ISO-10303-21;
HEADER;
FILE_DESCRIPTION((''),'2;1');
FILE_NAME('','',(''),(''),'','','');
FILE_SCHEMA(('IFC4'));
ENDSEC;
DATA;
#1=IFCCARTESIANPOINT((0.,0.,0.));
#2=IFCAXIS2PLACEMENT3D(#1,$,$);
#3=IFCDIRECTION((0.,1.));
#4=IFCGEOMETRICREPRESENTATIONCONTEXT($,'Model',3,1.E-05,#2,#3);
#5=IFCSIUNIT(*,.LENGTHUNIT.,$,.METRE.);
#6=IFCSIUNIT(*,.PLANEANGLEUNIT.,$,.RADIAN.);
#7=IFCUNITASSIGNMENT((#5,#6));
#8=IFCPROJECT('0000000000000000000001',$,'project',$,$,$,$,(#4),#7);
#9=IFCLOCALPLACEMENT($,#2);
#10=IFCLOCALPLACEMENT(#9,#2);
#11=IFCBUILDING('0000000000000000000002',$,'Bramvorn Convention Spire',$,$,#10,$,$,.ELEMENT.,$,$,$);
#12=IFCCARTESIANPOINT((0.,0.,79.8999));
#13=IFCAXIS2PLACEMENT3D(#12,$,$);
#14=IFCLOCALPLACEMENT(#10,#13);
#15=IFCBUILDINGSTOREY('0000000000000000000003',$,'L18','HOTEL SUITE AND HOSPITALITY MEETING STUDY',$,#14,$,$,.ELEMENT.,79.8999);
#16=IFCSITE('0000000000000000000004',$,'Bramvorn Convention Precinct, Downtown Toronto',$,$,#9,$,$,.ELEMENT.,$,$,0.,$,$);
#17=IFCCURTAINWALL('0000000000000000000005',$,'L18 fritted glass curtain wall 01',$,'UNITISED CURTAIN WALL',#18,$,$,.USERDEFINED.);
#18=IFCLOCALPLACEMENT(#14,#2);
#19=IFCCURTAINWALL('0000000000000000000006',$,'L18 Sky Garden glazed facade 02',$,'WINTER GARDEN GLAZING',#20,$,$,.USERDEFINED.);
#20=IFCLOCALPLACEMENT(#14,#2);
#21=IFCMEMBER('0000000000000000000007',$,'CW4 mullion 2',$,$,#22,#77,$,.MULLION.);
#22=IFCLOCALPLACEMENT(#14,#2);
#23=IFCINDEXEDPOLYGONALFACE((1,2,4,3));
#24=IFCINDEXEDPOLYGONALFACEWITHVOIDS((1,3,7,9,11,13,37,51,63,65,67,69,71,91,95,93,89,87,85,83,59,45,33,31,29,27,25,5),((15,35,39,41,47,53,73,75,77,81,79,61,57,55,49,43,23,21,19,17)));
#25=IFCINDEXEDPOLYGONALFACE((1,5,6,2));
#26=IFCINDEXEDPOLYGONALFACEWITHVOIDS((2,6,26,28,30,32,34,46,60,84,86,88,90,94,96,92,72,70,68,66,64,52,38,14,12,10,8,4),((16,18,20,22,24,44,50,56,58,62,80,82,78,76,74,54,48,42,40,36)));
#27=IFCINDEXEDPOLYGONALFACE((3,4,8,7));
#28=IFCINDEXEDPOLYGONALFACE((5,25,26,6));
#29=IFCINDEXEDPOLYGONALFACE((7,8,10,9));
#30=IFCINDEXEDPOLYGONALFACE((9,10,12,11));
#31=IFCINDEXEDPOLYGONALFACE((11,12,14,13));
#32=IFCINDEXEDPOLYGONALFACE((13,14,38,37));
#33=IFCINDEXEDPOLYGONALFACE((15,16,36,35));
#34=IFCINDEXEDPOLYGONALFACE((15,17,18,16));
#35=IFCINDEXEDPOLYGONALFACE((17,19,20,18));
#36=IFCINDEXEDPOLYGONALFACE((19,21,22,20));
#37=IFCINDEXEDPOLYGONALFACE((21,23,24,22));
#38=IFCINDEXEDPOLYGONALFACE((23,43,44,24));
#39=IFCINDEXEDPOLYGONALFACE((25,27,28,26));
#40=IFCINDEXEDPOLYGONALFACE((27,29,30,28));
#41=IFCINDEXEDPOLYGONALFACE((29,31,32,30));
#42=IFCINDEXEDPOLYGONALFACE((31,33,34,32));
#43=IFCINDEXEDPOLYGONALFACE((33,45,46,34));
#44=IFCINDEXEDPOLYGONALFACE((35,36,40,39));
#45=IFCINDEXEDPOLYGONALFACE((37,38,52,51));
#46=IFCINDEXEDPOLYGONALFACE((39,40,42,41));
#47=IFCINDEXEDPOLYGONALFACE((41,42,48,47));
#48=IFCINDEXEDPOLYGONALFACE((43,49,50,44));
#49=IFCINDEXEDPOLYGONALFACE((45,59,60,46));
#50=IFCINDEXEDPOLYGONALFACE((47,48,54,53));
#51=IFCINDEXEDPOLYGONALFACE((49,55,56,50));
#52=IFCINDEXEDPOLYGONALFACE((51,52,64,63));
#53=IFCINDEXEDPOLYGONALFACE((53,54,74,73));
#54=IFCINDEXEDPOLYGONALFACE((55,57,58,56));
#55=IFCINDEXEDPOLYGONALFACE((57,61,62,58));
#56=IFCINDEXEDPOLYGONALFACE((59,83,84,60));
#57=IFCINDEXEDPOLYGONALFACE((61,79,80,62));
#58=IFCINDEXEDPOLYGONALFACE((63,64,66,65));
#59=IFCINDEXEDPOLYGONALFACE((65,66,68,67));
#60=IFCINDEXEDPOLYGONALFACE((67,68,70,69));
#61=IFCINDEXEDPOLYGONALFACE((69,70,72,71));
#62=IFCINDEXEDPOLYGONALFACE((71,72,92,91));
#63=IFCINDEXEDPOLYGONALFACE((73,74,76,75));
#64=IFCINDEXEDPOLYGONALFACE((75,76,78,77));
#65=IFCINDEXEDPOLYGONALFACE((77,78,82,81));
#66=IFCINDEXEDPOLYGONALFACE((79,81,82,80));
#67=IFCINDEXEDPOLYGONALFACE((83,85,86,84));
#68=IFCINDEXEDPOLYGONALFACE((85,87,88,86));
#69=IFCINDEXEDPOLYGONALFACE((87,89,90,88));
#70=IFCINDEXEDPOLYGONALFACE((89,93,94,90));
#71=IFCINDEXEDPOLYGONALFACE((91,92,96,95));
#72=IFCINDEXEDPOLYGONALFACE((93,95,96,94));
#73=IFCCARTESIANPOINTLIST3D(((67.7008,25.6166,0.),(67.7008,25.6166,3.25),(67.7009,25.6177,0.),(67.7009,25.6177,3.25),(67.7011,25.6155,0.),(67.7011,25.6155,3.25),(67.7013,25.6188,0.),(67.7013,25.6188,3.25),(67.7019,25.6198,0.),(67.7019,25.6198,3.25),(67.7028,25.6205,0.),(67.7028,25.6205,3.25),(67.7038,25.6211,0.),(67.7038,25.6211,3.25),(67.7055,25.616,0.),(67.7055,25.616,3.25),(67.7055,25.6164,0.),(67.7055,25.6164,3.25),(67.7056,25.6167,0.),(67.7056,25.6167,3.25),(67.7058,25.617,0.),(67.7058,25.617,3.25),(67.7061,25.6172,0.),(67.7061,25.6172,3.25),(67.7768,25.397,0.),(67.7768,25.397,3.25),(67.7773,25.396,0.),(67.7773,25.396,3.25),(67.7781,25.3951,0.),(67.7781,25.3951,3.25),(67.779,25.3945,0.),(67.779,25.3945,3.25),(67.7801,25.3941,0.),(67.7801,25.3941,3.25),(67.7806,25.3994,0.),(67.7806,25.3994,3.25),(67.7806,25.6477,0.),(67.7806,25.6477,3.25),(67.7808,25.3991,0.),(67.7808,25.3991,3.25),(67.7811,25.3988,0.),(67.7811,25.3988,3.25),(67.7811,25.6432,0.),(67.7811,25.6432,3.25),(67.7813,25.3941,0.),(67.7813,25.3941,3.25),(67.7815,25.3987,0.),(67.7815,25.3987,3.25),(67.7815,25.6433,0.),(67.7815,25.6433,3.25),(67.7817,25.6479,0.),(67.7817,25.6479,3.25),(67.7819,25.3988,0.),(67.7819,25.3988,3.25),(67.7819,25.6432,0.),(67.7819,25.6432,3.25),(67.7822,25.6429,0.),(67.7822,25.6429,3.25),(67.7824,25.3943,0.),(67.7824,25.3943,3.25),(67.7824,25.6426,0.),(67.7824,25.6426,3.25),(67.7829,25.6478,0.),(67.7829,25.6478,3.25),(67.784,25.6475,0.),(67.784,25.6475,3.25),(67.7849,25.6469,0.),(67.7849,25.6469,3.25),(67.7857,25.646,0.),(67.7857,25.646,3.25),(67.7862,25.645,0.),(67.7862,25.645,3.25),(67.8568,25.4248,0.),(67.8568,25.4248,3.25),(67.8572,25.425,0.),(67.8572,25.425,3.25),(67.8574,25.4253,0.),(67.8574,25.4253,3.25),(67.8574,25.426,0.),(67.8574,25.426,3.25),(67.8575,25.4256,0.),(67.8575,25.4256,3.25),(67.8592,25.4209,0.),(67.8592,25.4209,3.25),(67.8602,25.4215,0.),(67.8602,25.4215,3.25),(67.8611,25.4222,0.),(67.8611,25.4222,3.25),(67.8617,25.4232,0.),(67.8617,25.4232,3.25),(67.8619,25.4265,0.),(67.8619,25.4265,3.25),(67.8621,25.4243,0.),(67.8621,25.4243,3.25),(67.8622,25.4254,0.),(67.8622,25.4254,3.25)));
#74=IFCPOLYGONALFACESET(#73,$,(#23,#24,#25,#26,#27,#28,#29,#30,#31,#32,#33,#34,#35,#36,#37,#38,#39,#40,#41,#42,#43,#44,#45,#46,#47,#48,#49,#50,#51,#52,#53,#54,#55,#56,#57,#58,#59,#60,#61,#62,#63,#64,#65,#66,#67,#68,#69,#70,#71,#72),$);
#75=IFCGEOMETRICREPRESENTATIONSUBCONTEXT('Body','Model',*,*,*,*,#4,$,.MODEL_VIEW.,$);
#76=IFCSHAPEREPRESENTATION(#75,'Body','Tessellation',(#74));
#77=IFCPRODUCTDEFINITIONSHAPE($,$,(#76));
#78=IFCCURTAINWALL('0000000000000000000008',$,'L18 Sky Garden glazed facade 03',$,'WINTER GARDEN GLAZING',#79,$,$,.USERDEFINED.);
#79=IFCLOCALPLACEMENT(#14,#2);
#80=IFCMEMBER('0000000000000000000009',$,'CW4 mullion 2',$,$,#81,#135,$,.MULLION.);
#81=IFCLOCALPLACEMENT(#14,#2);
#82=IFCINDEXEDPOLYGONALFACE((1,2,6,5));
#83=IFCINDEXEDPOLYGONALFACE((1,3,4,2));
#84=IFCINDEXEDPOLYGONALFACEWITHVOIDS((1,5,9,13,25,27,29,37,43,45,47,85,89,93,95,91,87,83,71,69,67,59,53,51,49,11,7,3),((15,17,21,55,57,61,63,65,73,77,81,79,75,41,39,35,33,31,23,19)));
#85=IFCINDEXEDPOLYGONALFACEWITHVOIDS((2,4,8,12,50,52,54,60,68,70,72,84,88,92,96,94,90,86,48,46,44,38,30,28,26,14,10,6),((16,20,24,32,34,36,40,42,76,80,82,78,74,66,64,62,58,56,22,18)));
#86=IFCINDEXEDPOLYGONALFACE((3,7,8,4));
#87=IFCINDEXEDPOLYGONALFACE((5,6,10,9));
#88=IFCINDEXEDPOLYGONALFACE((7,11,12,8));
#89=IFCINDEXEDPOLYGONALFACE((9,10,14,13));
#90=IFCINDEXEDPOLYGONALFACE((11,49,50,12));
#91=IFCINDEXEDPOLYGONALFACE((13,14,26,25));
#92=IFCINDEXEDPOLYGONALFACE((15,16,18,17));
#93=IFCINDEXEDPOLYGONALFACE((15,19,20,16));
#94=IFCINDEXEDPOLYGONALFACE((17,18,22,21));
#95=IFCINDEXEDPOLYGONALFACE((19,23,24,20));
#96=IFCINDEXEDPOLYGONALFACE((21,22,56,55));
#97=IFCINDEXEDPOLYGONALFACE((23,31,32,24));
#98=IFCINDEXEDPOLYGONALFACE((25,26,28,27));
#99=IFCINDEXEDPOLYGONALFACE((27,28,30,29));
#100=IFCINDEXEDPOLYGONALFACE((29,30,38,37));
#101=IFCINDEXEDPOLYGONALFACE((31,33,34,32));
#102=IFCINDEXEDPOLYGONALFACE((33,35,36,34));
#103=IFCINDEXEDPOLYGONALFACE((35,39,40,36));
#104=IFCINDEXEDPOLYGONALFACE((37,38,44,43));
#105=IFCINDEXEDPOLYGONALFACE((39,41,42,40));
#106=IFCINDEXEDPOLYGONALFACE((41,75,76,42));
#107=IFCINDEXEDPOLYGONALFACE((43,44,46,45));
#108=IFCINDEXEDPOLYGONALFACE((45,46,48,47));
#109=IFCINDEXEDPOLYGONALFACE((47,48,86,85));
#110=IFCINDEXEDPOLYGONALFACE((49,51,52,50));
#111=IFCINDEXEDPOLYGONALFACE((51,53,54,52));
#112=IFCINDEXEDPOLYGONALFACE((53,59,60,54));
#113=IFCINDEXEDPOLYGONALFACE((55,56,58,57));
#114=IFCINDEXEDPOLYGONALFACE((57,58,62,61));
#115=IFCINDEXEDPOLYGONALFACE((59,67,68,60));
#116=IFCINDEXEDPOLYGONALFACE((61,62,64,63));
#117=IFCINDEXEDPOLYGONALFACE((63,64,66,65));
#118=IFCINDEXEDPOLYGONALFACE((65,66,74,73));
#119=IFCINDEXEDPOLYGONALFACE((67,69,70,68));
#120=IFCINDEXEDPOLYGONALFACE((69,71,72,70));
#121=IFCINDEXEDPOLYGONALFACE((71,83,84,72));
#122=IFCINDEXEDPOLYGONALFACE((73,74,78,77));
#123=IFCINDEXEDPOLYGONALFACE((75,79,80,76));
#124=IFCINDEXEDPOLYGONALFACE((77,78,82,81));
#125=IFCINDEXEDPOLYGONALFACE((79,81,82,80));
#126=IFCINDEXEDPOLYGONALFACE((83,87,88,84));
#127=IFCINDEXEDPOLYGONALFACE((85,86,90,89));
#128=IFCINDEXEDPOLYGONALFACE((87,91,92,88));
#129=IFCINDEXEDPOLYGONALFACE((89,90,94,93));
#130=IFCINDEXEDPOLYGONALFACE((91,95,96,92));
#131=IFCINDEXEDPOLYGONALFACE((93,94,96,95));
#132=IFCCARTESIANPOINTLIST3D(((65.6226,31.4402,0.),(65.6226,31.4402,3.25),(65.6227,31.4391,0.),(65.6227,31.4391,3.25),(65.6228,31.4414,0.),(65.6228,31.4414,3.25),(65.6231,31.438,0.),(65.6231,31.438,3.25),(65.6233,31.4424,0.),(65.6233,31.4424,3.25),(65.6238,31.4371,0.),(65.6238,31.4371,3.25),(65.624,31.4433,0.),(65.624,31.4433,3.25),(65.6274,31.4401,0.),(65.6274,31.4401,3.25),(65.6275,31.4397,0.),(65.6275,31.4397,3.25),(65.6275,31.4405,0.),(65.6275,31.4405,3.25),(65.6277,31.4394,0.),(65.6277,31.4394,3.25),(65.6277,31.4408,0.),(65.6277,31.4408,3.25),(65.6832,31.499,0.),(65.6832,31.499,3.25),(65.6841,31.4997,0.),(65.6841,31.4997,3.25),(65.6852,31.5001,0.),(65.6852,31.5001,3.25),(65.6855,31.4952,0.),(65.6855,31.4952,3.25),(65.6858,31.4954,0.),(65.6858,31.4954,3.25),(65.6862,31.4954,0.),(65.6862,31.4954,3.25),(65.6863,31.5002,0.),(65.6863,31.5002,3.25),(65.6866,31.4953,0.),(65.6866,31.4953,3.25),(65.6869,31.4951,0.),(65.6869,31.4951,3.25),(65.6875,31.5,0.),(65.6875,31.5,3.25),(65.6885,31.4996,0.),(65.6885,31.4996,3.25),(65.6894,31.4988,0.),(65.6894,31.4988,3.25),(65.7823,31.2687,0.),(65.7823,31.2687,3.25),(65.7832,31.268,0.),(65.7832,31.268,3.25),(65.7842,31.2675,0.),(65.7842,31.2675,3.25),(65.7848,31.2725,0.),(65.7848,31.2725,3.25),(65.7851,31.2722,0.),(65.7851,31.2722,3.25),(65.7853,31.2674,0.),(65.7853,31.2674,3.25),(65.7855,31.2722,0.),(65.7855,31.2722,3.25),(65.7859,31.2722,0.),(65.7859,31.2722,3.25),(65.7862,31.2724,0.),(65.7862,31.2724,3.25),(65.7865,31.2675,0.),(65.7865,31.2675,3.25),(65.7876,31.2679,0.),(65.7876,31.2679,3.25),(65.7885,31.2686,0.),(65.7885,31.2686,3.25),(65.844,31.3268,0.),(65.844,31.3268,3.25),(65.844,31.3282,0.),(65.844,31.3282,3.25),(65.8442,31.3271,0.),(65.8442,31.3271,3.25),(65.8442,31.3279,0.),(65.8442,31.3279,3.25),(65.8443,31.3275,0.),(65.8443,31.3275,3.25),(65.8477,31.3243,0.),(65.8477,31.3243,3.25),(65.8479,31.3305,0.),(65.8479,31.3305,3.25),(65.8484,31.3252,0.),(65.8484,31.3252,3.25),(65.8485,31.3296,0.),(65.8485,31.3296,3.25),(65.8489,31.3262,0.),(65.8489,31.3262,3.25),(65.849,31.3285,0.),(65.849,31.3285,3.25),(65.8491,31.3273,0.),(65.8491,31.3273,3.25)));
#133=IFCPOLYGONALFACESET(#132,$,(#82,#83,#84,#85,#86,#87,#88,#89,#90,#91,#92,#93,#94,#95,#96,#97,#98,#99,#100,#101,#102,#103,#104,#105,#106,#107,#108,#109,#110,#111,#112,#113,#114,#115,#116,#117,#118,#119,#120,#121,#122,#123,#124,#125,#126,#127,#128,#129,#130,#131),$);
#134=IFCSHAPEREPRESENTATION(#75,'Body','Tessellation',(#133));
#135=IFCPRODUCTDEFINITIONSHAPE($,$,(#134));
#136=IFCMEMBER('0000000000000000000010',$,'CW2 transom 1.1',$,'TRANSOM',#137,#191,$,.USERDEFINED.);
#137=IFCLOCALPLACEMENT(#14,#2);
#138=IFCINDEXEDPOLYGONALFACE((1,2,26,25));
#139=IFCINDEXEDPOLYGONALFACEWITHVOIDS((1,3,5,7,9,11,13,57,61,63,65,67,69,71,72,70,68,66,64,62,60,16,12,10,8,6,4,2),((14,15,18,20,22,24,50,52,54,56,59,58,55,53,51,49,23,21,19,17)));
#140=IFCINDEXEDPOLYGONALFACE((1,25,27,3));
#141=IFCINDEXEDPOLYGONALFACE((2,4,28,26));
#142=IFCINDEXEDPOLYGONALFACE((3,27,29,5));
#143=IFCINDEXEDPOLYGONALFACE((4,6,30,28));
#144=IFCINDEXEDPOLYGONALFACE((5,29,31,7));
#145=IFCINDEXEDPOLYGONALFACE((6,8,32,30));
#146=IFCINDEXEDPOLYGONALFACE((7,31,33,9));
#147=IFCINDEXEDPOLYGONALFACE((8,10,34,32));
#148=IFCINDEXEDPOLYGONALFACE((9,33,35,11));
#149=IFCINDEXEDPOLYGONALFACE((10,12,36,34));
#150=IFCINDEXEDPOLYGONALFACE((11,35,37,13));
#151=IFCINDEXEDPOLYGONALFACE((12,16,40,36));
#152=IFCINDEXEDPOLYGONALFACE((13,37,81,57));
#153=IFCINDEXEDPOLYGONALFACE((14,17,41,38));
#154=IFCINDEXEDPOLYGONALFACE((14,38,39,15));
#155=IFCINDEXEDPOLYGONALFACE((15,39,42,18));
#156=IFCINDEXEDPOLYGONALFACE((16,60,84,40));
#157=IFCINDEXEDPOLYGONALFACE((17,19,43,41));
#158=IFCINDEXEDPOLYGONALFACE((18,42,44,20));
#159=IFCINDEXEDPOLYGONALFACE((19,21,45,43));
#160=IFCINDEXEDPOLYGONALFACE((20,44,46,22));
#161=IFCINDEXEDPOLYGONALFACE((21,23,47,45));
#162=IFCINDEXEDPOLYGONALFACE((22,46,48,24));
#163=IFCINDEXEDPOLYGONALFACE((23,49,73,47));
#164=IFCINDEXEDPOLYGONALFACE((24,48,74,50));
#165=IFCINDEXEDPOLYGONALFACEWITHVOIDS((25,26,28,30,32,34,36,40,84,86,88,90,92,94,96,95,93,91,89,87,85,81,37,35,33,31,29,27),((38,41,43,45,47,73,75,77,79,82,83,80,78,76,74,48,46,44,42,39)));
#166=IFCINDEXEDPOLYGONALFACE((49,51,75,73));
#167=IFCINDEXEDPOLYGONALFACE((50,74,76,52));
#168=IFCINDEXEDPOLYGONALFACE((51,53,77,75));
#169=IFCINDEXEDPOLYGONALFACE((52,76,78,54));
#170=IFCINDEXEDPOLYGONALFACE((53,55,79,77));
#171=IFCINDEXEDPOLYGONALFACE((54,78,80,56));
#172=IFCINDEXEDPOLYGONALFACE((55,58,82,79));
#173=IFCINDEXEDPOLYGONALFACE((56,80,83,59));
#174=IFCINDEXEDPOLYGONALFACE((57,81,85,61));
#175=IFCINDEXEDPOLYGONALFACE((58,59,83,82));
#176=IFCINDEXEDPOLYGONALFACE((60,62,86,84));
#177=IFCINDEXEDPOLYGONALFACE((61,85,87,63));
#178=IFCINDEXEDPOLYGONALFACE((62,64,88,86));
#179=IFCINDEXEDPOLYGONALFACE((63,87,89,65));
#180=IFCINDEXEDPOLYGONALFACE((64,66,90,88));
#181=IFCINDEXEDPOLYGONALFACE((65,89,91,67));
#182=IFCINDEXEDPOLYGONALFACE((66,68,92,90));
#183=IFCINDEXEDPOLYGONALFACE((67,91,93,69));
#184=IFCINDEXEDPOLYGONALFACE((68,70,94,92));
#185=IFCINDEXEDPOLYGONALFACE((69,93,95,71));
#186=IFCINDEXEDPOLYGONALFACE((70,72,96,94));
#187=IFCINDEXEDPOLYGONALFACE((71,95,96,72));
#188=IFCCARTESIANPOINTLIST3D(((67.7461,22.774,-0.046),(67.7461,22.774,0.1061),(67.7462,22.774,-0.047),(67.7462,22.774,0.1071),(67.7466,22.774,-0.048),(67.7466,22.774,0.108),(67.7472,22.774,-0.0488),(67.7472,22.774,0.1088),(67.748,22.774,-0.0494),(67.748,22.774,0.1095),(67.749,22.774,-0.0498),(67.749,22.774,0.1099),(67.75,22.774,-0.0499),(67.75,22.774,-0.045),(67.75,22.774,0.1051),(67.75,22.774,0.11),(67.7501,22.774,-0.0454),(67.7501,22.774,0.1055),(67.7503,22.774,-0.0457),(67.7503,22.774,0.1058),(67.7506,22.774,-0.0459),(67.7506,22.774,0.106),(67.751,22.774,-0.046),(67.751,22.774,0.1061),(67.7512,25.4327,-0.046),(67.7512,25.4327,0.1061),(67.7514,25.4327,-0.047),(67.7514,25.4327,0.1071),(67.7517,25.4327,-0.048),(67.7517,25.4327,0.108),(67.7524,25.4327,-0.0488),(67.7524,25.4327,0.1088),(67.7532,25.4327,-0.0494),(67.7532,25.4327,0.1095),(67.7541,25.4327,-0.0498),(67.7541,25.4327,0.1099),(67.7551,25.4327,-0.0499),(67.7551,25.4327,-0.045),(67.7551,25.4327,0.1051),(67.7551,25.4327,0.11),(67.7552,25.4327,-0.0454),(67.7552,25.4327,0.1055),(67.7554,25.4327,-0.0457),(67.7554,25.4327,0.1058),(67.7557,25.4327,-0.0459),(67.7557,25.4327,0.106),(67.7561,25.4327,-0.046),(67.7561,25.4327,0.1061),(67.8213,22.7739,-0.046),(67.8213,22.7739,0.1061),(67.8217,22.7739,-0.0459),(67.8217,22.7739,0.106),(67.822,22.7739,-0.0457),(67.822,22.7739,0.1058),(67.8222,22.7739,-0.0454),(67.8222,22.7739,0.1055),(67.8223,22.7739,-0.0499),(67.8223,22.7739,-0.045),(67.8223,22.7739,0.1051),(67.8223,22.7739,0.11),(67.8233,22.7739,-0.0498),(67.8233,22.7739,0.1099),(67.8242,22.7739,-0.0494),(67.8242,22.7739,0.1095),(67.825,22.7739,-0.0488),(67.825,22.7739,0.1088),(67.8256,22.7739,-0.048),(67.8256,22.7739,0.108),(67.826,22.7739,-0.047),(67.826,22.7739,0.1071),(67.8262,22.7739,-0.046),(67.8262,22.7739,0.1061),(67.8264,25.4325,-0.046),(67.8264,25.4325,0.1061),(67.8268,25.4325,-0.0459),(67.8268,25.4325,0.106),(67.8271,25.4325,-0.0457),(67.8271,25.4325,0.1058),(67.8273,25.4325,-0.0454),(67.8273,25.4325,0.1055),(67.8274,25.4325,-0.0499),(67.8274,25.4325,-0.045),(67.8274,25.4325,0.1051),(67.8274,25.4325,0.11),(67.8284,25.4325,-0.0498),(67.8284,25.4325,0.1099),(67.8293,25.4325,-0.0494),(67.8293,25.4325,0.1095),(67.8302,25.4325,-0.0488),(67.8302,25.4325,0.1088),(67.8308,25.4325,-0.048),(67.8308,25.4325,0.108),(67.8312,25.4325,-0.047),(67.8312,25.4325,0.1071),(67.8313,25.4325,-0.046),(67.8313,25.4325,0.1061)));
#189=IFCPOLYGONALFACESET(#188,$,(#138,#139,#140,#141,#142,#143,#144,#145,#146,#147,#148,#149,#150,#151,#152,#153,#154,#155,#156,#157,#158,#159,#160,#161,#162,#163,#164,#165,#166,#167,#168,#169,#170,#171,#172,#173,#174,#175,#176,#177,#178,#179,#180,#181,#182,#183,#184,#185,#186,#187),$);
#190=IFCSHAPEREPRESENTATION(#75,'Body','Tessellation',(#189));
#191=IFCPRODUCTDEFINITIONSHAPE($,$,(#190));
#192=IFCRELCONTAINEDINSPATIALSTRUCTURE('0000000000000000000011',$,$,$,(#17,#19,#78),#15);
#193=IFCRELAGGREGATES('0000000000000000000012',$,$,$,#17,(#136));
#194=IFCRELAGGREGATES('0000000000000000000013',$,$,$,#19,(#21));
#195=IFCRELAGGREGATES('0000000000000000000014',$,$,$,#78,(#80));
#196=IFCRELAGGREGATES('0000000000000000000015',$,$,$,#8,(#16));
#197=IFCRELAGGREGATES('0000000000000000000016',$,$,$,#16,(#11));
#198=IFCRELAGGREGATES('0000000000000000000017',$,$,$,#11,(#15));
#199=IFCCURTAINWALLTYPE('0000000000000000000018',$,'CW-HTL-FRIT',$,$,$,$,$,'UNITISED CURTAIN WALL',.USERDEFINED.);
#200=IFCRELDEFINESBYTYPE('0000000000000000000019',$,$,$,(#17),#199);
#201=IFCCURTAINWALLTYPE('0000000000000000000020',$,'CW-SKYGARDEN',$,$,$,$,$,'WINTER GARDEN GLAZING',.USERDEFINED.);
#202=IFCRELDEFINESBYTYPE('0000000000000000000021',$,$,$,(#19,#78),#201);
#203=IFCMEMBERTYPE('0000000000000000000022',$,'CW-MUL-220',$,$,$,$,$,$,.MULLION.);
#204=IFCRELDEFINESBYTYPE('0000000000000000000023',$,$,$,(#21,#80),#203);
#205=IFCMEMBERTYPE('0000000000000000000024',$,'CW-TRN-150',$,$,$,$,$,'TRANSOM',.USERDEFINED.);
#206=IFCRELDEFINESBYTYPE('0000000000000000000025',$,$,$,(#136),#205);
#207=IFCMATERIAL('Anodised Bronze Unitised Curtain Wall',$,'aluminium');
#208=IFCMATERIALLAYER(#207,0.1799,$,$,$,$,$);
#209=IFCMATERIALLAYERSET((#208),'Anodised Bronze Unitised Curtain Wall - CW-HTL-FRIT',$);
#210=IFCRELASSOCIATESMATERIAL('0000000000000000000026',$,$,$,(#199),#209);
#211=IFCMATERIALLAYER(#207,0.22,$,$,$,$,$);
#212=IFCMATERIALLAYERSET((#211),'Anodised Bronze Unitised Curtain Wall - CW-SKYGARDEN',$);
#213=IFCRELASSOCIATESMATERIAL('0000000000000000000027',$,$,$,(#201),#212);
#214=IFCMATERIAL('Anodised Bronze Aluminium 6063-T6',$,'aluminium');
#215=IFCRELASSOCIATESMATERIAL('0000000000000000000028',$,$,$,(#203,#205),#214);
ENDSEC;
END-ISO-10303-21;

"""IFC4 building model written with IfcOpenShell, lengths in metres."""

from ifc_helpers import new_model, si_unit, direction, frame, origin, origin_2d, place, context, subcontext, project, spatial, hollow_rectangle, extrude, material, layer, layer_set, material_profile, profile_set, type_object, element, aggregate, save


model = new_model("IFC4")

# Units and contexts
model_context = context("Model", 3, precision=1e-05, world=origin(), true_north=direction((0.0, 1.0)))
body_context = subcontext(model_context, "Body", "Model", "MODEL_VIEW")
ifc_project = project(units=[si_unit("LENGTHUNIT", "METRE"), si_unit("PLANEANGLEUNIT", "RADIAN")], contexts=[model_context])

# Site, building, storey
site_placement = place(None, origin())
site = spatial("IfcSite", under=ifc_project, at=site_placement, Name="Bramvorn Convention Precinct, Downtown Toronto", CompositionType="ELEMENT", RefElevation=0.0)
building_placement = place(site_placement, origin())
building = spatial("IfcBuilding", under=site, at=building_placement, Name="Bramvorn Convention Spire", CompositionType="ELEMENT")
storey_placement = place(building_placement, frame((0.0, 0.0, 79.8999)))
storey = spatial("IfcBuildingStorey", under=building, at=storey_placement, Name="L18", Description="HOTEL SUITE AND HOSPITALITY MEETING STUDY", CompositionType="ELEMENT", Elevation=79.8999)

# Curtain wall
ifc_material_1 = material(Name="Anodised Bronze Unitised Curtain Wall", Category="aluminium")
ifc_layer_1 = layer(ifc_material_1, 0.1799)
ifc_layer_set_1 = layer_set([ifc_layer_1], Name="Anodised Bronze Unitised Curtain Wall - CW-HTL-FRIT")
curtain_wall_type_1 = type_object("IfcCurtainWallType", Name="CW-HTL-FRIT", ElementType="UNITISED CURTAIN WALL", PredefinedType="USERDEFINED", material=ifc_layer_set_1)
curtain_wall_1_placement = place(storey_placement, origin())
curtain_wall_1 = element("IfcCurtainWall", 1, at=curtain_wall_1_placement, inside=storey, type_object=curtain_wall_type_1, Name="L18 fritted glass curtain wall 01", ObjectType="UNITISED CURTAIN WALL", PredefinedType="USERDEFINED")
ifc_material_2 = material(Name="Anodised Bronze Aluminium 6063-T6", Category="aluminium")

# Curtain wall, member
ifc_layer_2 = layer(ifc_material_1, 0.22)
ifc_layer_set_2 = layer_set([ifc_layer_2], Name="Anodised Bronze Unitised Curtain Wall - CW-SKYGARDEN")
curtain_wall_type_2 = type_object("IfcCurtainWallType", Name="CW-SKYGARDEN", ElementType="WINTER GARDEN GLAZING", PredefinedType="USERDEFINED", material=ifc_layer_set_2)
curtain_wall_2_placement = place(storey_placement, origin())
curtain_wall_2 = element("IfcCurtainWall", 2, at=curtain_wall_2_placement, inside=storey, type_object=curtain_wall_type_2, Name="L18 Sky Garden glazed facade 02", ObjectType="WINTER GARDEN GLAZING", PredefinedType="USERDEFINED")
ifc_material_profile_1 = material_profile(ifc_material_2, hollow_rectangle(XDim=0.0901, YDim=0.24, WallThickness=0.0044, InnerFilletRadius=0.001, OuterFilletRadius=0.0044, at=origin_2d()))
ifc_profile_set_1 = profile_set([ifc_material_profile_1], Name="Anodised Bronze Aluminium 6063-T6 - CWM90X240")
member_type_1 = type_object("IfcMemberType", Name="CW-MUL-220", PredefinedType="MULLION", material=ifc_profile_set_1)
member_1_placement = place(storey_placement, frame((67.7815, 25.521, 0.0), z_axis=(0.0, 0.0, 1.0), x_axis=(0.944826, 0.327573, 0.0)))
member_1 = element("IfcMember", 3, at=member_1_placement, type_object=member_type_1, Name="CW4 mullion 2", PredefinedType="MULLION", context=body_context, shape_type="SweptSolid", body=[
    extrude(hollow_rectangle(XDim=0.0901, YDim=0.24, WallThickness=0.0044, InnerFilletRadius=0.001, OuterFilletRadius=0.0044, at=origin_2d()), origin(), (0.0, 0.0, 1.0), 3.25),
])

# Curtain wall, member
curtain_wall_3_placement = place(storey_placement, origin())
curtain_wall_3 = element("IfcCurtainWall", 4, at=curtain_wall_3_placement, inside=storey, type_object=curtain_wall_type_2, Name="L18 Sky Garden glazed facade 03", ObjectType="WINTER GARDEN GLAZING", PredefinedType="USERDEFINED")
member_2_placement = place(storey_placement, frame((65.7358, 31.3838, 0.0), z_axis=(0.0, 0.0, 1.0), x_axis=(0.728141, 0.685427, 0.0)))
member_2 = element("IfcMember", 5, at=member_2_placement, type_object=member_type_1, Name="CW4 mullion 2", PredefinedType="MULLION", context=body_context, shape_type="SweptSolid", body=[
    extrude(hollow_rectangle(XDim=0.0901, YDim=0.24, WallThickness=0.0044, InnerFilletRadius=0.001, OuterFilletRadius=0.0044, at=origin_2d()), origin(), (0.0, 0.0, 1.0), 3.25),
])

# Member
ifc_material_profile_2 = material_profile(ifc_material_2, hollow_rectangle(XDim=0.0801, YDim=0.1599, WallThickness=0.0039, InnerFilletRadius=0.001, OuterFilletRadius=0.0039, at=origin_2d()))
ifc_profile_set_2 = profile_set([ifc_material_profile_2], Name="Anodised Bronze Aluminium 6063-T6 - CWT80X160")
member_type_2 = type_object("IfcMemberType", Name="CW-TRN-150", ElementType="TRANSOM", PredefinedType="USERDEFINED", material=ifc_profile_set_2)
member_3_placement = place(storey_placement, frame((67.7913, 25.4326, 0.03), z_axis=(-0.001928, -0.999998, 0.0), x_axis=(0.999998, -0.001928, 0.0)))
member_3 = element("IfcMember", 6, at=member_3_placement, type_object=member_type_2, Name="CW2 transom 1.1", ObjectType="TRANSOM", PredefinedType="USERDEFINED", context=body_context, shape_type="SweptSolid", body=[
    extrude(hollow_rectangle(XDim=0.0801, YDim=0.1599, WallThickness=0.0039, InnerFilletRadius=0.001, OuterFilletRadius=0.0039, at=origin_2d()), origin(), (0.0, 0.0, 1.0), 2.6587),
])
aggregate(curtain_wall_1, [member_3])

aggregate(curtain_wall_2, [member_1])
aggregate(curtain_wall_3, [member_2])

save(model, "model.ifc")
